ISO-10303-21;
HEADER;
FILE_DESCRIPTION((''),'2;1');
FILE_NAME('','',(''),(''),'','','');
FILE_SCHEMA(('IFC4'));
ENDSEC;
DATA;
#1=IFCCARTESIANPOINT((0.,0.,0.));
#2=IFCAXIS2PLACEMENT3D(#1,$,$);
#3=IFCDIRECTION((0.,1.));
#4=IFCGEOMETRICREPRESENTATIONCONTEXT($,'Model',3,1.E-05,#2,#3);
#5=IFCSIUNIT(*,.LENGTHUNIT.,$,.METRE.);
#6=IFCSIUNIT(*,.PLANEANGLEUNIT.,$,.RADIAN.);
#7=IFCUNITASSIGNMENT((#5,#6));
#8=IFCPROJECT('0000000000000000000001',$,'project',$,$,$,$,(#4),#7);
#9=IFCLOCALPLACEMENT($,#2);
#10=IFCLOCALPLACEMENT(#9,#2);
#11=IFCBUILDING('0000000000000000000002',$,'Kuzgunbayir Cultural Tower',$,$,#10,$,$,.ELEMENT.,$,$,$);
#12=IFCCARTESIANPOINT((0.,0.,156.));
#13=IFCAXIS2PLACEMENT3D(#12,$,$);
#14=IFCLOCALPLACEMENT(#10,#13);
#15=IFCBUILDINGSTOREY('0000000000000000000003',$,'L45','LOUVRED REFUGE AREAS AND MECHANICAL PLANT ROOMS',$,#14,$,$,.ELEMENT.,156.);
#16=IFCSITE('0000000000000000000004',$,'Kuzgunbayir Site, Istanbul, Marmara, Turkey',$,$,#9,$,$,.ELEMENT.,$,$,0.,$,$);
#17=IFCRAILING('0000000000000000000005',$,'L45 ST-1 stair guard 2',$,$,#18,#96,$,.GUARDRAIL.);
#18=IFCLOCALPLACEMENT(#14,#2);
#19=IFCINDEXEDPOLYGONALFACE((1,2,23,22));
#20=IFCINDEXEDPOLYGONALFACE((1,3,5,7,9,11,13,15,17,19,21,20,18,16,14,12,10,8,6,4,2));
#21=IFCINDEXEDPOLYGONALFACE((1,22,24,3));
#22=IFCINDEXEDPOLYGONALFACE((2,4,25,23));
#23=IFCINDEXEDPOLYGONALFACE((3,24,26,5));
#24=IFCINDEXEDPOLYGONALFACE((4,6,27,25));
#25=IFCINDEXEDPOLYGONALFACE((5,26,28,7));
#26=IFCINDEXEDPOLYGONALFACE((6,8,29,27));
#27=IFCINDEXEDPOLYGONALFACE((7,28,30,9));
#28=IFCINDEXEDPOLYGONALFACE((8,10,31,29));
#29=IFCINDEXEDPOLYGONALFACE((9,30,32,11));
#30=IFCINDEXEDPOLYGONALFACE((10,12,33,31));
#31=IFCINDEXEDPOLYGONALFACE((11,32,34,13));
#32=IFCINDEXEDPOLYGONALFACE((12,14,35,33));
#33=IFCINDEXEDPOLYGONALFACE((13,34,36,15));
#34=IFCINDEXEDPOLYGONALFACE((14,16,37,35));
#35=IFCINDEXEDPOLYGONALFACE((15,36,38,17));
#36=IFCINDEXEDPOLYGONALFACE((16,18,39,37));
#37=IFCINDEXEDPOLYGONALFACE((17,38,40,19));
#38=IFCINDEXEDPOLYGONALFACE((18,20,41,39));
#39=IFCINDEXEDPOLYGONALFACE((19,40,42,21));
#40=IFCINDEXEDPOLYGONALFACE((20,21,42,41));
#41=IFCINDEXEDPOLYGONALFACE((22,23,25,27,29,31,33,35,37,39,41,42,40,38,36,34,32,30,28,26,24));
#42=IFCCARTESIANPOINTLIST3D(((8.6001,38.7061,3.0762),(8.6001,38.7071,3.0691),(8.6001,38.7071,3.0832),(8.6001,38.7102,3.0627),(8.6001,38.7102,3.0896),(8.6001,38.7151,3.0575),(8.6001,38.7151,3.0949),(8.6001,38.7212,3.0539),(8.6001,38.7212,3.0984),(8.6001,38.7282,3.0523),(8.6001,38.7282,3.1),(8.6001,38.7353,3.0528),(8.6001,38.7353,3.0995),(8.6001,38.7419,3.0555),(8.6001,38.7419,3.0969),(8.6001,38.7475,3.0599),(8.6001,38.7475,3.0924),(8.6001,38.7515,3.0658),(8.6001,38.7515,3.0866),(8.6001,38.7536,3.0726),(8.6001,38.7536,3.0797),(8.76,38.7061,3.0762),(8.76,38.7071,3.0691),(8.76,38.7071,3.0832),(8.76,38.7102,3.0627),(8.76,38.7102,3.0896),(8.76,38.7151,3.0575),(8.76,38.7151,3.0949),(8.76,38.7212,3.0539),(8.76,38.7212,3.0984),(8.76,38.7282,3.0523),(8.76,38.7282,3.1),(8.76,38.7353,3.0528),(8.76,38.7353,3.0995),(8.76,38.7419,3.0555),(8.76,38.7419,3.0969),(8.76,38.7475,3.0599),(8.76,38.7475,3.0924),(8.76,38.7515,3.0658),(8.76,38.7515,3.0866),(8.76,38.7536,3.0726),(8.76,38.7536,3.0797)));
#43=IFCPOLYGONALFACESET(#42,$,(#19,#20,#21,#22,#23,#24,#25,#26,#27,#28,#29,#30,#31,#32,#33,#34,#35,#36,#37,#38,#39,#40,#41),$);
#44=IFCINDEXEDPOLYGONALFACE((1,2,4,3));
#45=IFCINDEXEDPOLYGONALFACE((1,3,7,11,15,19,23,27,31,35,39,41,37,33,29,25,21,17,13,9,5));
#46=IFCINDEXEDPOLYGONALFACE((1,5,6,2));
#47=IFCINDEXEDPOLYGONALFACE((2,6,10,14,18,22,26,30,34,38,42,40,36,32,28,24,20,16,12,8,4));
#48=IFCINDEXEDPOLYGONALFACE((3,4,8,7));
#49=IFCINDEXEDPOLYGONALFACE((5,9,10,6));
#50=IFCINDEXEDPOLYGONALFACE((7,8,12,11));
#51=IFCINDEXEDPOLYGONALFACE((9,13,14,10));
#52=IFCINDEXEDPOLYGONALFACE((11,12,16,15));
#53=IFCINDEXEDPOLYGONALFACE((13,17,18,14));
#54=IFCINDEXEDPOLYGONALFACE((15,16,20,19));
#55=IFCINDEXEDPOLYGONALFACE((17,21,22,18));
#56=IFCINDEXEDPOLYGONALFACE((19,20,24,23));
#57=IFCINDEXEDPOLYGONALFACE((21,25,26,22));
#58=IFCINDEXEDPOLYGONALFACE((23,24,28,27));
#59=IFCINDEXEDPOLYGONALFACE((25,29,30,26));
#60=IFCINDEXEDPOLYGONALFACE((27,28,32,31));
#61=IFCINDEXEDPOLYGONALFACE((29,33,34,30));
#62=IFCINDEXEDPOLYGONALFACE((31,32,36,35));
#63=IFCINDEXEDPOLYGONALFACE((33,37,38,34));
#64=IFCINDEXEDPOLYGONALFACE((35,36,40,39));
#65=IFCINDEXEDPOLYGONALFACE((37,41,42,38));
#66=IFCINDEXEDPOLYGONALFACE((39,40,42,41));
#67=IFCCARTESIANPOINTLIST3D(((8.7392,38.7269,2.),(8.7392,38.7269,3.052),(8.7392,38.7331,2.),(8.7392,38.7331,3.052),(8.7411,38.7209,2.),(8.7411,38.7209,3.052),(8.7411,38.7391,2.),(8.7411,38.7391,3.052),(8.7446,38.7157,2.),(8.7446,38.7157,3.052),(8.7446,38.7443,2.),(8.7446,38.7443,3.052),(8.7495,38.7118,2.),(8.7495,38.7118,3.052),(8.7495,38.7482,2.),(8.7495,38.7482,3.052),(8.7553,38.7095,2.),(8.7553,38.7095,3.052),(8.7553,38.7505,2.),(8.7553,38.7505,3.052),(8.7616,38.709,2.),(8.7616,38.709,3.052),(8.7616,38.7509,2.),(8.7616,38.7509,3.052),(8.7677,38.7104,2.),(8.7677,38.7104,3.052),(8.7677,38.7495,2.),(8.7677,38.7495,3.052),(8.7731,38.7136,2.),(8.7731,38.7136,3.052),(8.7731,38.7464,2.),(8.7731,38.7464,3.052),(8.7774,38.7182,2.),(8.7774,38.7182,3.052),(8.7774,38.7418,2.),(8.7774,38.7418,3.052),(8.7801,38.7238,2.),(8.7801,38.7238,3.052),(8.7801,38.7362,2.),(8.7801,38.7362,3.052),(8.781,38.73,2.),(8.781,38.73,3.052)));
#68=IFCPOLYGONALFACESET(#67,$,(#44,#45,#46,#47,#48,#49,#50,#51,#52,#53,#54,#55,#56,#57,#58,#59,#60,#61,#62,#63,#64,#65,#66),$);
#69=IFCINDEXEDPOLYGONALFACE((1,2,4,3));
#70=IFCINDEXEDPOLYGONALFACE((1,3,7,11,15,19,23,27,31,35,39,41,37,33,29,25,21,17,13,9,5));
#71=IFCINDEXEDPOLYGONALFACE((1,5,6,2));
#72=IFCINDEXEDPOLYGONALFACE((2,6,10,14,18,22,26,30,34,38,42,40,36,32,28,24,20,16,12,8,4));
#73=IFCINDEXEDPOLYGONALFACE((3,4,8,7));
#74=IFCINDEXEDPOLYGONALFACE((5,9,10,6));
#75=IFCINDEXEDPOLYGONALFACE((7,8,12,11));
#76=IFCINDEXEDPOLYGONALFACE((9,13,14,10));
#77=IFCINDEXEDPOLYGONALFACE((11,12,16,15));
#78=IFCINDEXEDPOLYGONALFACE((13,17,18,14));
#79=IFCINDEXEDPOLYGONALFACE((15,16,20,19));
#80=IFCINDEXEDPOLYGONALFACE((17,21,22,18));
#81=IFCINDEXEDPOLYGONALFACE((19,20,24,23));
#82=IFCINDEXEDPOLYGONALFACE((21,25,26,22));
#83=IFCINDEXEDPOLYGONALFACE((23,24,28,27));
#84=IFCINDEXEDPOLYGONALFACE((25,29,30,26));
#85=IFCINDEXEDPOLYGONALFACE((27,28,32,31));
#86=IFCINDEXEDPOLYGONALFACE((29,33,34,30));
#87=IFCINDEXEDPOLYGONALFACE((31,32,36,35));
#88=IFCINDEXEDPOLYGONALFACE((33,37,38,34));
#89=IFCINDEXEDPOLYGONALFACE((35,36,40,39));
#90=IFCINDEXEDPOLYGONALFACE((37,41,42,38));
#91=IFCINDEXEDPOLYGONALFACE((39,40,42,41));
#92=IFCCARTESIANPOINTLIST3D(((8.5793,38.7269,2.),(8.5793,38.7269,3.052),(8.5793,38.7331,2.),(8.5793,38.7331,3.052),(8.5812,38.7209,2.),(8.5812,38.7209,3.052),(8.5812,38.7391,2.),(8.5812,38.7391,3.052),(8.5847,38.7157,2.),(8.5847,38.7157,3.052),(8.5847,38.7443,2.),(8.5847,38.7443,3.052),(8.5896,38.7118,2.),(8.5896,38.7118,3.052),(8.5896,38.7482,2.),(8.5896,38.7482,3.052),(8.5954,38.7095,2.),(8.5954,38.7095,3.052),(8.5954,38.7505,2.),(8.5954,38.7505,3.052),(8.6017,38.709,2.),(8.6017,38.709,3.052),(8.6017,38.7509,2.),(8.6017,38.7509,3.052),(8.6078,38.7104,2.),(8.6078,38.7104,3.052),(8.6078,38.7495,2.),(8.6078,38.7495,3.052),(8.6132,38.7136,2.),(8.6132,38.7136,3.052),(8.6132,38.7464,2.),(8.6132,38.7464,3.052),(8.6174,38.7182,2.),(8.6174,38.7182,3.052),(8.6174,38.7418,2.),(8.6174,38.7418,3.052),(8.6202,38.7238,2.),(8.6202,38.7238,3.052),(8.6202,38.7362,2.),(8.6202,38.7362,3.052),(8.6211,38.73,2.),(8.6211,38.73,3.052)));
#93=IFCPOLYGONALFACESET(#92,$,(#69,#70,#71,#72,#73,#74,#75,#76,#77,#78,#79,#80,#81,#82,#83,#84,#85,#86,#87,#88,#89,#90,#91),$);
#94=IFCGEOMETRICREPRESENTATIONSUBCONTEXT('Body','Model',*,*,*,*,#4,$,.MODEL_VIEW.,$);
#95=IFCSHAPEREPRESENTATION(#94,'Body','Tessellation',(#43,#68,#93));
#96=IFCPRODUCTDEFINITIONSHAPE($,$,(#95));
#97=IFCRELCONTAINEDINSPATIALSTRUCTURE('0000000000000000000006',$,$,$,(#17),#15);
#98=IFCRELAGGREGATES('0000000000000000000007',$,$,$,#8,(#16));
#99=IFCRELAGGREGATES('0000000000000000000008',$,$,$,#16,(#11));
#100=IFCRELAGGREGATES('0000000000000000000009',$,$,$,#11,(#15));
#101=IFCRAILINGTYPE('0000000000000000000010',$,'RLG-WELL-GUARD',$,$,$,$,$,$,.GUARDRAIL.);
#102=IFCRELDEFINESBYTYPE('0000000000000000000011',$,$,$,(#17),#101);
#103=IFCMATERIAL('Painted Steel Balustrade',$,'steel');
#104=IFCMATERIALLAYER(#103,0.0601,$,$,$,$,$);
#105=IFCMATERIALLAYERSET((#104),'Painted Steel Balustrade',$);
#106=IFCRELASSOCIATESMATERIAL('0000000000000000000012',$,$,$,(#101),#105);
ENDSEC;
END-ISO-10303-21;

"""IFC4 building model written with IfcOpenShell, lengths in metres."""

from ifc_helpers import new_model, si_unit, direction, frame, origin, origin_2d, place, context, subcontext, project, spatial, circle, extrude, material, layer, layer_set, type_object, element, save


model = new_model("IFC4")

# Units and contexts
model_context = context("Model", 3, precision=1e-05, world=origin(), true_north=direction((0.0, 1.0)))
body_context = subcontext(model_context, "Body", "Model", "MODEL_VIEW")
ifc_project = project(units=[si_unit("LENGTHUNIT", "METRE"), si_unit("PLANEANGLEUNIT", "RADIAN")], contexts=[model_context])

# Site, building, storey
site_placement = place(None, origin())
site = spatial("IfcSite", under=ifc_project, at=site_placement, Name="Kuzgunbayir Site, Istanbul, Marmara, Turkey", CompositionType="ELEMENT", RefElevation=0.0)
building_placement = place(site_placement, origin())
building = spatial("IfcBuilding", under=site, at=building_placement, Name="Kuzgunbayir Cultural Tower", CompositionType="ELEMENT")
storey_placement = place(building_placement, frame((0.0, 0.0, 156.0)))
storey = spatial("IfcBuildingStorey", under=building, at=storey_placement, Name="L45", Description="LOUVRED REFUGE AREAS AND MECHANICAL PLANT ROOMS", CompositionType="ELEMENT", Elevation=156.0)

# Railing
ifc_material_1 = material(Name="Painted Steel Balustrade", Category="steel")
ifc_layer_1 = layer(ifc_material_1, 0.0601)
ifc_layer_set_1 = layer_set([ifc_layer_1], Name="Painted Steel Balustrade")
railing_type_1 = type_object("IfcRailingType", Name="RLG-WELL-GUARD", PredefinedType="GUARDRAIL", material=ifc_layer_set_1)
railing_1_placement = place(storey_placement, frame((8.76, 38.73, 2.0)))
element("IfcRailing", 1, at=railing_1_placement, inside=storey, type_object=railing_type_1, Name="L45 ST-1 stair guard 2", PredefinedType="GUARDRAIL", context=body_context, shape_type="SweptSolid", body=[
    extrude(circle(Radius=0.0239, at=origin_2d()), frame((0.0, 0.0, 1.0762), z_axis=(-1.0, 0.0, 0.0), x_axis=(0.0, -1.0, 0.0)), (0.0, 0.0, 1.0), 0.1599),
    extrude(circle(Radius=0.021, at=origin_2d()), origin(), (0.0, 0.0, 1.0), 1.052),
    extrude(circle(Radius=0.021, at=origin_2d()), frame((-0.1599, 0.0, 0.0)), (0.0, 0.0, 1.0), 1.052),
])

save(model, "model.ifc")
